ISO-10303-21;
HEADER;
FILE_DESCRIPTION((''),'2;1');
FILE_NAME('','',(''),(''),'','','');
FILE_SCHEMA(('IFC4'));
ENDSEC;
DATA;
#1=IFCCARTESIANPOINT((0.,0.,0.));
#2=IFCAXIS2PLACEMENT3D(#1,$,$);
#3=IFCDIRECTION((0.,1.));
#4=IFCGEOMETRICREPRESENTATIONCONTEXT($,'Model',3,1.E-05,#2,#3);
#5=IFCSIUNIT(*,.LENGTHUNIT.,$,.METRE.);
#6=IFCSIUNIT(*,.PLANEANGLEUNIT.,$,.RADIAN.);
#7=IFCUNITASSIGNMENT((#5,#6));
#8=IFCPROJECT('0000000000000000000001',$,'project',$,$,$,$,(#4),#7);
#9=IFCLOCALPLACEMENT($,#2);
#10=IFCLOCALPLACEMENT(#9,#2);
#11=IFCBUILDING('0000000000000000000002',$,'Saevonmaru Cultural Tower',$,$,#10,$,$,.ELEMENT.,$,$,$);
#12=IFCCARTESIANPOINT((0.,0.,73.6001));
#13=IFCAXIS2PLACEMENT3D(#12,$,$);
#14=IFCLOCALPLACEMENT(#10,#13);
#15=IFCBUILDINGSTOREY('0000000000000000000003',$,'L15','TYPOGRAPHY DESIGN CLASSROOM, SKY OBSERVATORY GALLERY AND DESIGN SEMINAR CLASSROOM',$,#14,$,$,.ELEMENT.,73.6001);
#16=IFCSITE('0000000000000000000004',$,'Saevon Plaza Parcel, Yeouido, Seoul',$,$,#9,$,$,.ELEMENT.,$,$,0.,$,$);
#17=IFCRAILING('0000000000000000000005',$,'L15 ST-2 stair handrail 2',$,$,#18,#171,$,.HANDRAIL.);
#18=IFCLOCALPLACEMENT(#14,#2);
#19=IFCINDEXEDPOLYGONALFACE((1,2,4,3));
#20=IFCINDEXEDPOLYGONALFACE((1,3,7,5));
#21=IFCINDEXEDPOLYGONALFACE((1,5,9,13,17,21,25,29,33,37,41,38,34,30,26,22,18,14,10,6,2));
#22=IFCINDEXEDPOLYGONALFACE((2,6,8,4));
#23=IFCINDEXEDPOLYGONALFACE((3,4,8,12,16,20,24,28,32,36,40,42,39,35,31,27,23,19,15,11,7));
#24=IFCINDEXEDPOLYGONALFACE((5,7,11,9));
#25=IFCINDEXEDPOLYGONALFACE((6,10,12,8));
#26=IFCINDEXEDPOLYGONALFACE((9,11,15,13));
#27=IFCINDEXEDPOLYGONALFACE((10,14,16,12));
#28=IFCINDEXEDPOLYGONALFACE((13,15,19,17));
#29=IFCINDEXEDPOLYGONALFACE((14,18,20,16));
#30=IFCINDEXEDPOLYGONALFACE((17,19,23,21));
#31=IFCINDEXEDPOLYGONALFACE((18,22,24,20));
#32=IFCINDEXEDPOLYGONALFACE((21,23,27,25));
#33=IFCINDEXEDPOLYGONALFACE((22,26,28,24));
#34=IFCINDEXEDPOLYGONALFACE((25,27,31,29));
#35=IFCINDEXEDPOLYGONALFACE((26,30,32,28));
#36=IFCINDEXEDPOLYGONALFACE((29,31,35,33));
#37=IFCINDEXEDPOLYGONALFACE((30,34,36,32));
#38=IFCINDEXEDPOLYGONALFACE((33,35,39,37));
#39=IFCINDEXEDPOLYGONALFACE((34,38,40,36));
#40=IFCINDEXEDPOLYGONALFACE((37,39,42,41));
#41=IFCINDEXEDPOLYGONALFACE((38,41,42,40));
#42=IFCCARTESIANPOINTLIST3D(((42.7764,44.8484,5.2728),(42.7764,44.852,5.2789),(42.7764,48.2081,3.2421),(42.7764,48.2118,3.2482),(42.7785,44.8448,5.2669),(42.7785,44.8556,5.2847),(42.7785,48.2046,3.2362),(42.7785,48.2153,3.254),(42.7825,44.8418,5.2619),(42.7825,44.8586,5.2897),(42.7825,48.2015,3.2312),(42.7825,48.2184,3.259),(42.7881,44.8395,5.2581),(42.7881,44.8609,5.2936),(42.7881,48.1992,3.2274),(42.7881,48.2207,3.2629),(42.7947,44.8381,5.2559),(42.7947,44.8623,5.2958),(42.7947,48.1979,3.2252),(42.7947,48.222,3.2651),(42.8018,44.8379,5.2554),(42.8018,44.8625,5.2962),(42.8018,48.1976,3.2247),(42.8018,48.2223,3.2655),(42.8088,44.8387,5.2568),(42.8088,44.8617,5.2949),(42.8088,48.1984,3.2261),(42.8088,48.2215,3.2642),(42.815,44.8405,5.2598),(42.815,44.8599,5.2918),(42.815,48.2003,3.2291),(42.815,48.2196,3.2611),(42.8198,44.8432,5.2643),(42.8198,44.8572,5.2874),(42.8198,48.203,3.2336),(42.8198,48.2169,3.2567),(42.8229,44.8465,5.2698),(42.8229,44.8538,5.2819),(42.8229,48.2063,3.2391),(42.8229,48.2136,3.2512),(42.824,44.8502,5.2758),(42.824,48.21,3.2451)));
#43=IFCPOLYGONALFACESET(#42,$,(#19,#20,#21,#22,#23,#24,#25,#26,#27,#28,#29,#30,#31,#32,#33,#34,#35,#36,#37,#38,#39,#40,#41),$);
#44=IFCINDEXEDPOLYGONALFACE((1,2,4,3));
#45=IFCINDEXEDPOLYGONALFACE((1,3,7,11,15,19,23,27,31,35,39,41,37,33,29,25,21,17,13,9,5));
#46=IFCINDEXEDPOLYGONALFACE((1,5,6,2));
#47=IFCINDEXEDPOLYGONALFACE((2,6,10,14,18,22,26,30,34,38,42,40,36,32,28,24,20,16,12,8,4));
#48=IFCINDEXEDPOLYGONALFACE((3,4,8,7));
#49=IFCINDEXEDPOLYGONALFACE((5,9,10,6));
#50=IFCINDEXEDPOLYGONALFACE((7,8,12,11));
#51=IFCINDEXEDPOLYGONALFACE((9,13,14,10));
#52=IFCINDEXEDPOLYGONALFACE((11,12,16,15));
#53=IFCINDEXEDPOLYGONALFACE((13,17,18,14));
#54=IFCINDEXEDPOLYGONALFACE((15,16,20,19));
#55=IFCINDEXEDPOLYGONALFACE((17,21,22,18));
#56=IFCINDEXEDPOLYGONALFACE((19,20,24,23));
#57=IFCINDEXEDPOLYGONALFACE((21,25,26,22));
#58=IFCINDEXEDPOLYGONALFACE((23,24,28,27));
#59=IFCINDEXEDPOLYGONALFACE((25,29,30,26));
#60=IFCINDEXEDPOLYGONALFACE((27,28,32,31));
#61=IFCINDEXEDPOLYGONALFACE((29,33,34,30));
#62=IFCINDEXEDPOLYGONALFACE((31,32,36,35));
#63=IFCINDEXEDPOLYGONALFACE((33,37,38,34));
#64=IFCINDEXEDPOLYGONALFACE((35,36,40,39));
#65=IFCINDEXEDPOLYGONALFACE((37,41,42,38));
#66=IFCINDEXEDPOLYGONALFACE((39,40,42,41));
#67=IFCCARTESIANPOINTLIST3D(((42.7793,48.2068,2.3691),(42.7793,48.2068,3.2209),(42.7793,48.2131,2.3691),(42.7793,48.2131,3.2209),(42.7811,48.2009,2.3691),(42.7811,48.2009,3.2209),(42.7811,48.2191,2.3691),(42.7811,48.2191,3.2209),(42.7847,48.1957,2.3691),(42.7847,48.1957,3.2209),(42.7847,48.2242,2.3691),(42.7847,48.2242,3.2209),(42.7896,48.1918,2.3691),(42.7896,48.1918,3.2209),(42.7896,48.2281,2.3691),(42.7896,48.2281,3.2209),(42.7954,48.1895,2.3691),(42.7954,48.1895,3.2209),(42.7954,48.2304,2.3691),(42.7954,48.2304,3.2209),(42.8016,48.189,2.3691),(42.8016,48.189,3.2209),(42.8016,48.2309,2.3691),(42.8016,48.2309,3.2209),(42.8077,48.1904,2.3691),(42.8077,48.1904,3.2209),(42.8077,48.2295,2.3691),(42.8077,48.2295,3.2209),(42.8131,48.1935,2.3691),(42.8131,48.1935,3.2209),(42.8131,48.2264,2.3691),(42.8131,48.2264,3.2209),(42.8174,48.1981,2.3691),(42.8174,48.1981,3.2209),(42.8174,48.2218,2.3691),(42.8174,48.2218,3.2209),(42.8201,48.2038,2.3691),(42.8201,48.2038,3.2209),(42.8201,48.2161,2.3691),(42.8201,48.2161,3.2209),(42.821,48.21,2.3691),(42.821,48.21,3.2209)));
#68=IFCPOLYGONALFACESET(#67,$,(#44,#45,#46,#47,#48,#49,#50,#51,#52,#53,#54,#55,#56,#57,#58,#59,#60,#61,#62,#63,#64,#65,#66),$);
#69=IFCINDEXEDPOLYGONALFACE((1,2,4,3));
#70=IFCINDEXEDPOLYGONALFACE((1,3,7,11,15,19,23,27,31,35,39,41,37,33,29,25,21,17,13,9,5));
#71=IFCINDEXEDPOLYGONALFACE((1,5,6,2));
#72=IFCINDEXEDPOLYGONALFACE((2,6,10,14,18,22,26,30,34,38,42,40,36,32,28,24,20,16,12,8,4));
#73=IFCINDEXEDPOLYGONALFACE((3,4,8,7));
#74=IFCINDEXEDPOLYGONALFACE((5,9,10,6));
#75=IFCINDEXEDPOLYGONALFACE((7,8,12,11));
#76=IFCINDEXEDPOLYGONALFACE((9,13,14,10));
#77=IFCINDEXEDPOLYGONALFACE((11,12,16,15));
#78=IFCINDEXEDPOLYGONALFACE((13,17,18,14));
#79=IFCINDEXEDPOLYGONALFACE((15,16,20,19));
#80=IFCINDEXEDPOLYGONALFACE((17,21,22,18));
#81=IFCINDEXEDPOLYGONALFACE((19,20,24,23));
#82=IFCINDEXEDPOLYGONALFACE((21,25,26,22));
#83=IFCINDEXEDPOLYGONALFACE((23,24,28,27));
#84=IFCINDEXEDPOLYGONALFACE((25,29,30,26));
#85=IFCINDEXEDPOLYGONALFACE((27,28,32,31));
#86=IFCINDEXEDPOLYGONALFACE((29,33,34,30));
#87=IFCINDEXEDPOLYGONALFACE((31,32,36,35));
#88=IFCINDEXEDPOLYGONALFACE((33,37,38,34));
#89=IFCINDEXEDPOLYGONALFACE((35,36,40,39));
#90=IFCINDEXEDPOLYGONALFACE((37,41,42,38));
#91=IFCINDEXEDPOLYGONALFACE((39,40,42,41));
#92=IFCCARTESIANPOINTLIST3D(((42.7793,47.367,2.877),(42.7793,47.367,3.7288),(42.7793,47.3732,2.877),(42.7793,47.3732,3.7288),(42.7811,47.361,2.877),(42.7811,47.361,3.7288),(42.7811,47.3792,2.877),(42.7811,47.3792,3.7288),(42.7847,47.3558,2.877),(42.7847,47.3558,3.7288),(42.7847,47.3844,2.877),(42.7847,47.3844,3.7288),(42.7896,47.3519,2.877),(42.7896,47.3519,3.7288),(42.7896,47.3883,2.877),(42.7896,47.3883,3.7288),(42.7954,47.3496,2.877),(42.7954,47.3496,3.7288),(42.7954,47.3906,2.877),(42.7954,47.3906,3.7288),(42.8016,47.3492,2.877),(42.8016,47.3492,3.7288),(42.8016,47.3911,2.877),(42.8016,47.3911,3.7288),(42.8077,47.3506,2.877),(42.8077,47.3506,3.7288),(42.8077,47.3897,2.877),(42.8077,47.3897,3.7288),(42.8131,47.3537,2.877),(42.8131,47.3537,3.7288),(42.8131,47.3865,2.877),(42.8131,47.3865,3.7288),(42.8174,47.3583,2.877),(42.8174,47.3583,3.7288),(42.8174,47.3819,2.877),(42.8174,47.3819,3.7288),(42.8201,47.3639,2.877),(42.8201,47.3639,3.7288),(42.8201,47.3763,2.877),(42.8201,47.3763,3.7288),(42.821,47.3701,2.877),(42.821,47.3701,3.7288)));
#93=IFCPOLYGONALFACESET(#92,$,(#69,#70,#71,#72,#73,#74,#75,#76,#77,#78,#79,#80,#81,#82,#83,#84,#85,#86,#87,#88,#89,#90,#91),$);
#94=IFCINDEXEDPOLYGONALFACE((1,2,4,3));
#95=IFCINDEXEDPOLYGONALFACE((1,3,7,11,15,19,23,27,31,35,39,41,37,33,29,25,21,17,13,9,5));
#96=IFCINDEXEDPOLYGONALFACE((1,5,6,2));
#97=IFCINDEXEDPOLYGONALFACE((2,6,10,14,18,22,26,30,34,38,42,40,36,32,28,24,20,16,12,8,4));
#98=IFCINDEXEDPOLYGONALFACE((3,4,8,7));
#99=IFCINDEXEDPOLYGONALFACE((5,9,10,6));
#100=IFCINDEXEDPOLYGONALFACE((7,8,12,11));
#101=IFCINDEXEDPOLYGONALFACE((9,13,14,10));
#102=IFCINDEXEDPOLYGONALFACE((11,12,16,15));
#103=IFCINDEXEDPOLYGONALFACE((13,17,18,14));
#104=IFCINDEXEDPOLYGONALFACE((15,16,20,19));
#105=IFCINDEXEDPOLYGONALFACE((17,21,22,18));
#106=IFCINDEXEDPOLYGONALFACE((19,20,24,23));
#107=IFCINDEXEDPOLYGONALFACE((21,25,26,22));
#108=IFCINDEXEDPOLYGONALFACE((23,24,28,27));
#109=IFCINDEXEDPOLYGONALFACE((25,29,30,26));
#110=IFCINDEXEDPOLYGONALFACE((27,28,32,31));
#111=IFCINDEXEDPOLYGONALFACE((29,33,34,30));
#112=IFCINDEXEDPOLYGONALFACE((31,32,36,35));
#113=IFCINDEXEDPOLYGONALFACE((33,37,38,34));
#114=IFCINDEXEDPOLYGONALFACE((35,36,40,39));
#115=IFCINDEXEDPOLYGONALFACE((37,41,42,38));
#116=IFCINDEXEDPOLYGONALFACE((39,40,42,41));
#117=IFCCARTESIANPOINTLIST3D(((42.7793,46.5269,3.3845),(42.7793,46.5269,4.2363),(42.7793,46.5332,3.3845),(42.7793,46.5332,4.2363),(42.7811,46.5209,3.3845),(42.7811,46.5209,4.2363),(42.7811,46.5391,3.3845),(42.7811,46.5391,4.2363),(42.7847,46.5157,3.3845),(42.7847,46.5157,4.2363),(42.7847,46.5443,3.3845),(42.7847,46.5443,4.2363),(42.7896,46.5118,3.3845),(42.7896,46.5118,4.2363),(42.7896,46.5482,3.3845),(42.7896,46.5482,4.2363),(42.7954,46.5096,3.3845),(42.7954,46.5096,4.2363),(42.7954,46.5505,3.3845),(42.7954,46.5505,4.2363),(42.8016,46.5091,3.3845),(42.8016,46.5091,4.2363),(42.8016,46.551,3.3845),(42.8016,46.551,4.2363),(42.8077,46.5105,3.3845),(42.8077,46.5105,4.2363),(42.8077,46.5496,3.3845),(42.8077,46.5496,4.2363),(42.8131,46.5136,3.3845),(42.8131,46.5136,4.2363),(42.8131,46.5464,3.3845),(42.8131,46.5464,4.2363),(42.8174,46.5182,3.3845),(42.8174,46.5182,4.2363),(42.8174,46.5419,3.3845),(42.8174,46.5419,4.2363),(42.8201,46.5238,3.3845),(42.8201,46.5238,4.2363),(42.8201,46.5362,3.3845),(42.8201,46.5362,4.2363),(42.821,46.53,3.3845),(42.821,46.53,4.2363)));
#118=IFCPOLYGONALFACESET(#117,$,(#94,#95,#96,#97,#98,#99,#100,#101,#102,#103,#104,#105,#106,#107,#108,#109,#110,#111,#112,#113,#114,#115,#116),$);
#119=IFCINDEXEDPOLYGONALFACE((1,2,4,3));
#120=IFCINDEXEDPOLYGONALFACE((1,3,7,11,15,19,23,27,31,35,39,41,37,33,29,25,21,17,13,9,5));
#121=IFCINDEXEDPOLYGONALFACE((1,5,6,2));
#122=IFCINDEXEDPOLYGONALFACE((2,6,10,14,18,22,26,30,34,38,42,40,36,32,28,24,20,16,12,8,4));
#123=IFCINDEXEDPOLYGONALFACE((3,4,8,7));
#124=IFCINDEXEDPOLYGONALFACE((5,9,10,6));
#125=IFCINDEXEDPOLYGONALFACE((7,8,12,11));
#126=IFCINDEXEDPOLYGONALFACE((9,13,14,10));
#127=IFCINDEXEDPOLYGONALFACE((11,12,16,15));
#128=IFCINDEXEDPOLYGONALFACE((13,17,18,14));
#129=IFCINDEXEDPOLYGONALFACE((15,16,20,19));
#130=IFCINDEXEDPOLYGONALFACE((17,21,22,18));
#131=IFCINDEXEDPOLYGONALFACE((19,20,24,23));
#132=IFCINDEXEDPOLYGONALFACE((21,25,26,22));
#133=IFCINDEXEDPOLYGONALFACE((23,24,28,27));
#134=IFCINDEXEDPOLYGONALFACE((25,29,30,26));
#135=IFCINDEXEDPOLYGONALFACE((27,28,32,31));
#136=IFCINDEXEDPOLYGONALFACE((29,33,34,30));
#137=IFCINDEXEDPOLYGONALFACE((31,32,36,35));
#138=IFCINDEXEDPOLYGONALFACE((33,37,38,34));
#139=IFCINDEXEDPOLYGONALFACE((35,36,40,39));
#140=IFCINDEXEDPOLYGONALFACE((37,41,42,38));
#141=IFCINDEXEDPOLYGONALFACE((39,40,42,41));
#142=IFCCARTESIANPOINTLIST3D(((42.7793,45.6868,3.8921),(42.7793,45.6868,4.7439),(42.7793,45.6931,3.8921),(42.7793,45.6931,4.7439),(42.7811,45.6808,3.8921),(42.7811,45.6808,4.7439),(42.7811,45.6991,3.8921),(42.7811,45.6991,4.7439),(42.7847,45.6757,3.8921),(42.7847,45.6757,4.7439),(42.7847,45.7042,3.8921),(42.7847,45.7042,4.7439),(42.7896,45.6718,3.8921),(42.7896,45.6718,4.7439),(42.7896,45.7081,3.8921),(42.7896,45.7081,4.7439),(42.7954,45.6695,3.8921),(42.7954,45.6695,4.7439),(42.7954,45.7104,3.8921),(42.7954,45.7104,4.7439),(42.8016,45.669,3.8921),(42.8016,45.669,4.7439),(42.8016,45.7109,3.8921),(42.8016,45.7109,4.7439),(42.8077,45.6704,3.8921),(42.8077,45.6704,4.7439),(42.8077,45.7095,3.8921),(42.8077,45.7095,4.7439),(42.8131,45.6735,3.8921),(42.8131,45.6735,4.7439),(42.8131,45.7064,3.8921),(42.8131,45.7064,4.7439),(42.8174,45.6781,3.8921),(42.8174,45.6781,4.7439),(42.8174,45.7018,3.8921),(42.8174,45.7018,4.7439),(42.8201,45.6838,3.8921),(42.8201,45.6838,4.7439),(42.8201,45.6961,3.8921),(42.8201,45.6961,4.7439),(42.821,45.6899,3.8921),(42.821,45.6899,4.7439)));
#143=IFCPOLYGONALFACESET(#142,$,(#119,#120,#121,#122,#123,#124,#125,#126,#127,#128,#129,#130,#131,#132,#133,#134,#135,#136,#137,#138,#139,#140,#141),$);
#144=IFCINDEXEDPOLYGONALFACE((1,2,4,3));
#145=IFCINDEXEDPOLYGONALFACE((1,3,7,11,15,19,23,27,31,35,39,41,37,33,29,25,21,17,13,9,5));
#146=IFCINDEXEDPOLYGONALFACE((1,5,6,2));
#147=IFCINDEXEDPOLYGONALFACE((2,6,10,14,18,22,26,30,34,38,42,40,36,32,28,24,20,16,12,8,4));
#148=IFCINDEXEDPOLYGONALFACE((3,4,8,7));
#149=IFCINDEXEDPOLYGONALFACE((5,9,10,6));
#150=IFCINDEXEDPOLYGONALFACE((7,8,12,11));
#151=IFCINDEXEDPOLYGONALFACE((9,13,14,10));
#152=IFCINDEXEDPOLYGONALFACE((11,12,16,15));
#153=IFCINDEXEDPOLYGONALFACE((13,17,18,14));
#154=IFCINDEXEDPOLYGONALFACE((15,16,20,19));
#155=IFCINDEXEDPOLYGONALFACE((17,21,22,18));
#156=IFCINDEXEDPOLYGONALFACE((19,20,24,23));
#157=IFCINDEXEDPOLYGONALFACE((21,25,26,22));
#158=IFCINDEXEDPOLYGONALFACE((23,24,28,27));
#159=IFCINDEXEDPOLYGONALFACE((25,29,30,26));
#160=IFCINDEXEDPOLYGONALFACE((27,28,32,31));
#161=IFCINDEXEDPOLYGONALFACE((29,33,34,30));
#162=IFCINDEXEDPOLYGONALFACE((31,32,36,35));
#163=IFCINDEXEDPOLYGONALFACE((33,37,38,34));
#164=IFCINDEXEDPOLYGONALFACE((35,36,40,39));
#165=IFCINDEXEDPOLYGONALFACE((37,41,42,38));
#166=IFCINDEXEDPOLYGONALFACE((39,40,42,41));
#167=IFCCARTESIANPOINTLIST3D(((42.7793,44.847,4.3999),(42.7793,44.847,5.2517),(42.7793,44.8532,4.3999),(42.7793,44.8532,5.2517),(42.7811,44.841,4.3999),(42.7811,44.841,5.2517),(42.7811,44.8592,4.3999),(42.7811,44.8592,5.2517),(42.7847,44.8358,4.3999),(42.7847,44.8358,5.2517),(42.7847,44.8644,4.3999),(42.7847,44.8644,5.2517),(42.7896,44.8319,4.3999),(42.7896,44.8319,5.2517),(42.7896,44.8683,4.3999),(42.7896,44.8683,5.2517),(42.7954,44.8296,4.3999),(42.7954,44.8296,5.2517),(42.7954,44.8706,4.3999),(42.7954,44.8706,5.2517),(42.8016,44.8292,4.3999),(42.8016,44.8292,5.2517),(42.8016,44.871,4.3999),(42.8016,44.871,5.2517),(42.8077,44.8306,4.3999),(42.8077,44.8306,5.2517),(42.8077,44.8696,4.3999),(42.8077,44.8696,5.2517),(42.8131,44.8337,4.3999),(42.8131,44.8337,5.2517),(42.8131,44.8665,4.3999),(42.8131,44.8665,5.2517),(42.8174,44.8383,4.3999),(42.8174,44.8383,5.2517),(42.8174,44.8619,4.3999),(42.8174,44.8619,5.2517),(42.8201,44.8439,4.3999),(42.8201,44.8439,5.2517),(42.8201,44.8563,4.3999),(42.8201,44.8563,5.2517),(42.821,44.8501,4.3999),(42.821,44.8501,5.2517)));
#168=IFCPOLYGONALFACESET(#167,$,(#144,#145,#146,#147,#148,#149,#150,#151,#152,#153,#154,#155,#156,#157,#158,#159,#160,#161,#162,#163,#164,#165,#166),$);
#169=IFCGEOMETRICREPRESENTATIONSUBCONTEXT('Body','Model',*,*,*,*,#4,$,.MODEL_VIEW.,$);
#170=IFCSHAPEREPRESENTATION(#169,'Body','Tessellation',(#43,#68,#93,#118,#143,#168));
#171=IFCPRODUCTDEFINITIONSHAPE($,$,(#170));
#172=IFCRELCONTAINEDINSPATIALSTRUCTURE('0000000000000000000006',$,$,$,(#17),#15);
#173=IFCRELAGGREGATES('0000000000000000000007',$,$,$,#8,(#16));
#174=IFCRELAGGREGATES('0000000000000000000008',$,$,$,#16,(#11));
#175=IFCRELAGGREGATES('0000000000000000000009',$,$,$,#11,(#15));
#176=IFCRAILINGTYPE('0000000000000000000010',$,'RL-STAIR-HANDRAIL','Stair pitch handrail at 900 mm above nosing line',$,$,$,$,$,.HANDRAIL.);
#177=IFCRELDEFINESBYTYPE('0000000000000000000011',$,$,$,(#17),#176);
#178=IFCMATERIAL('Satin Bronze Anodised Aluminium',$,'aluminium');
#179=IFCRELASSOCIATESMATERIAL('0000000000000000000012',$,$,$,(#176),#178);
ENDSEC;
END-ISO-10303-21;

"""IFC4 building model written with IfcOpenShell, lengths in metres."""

from ifc_helpers import new_model, si_unit, direction, frame, origin, origin_2d, place, context, subcontext, project, spatial, circle, extrude, material, type_object, element, save


model = new_model("IFC4")

# Units and contexts
model_context = context("Model", 3, precision=1e-05, world=origin(), true_north=direction((0.0, 1.0)))
body_context = subcontext(model_context, "Body", "Model", "MODEL_VIEW")
ifc_project = project(units=[si_unit("LENGTHUNIT", "METRE"), si_unit("PLANEANGLEUNIT", "RADIAN")], contexts=[model_context])

# Site, building, storey
site_placement = place(None, origin())
site = spatial("IfcSite", under=ifc_project, at=site_placement, Name="Saevon Plaza Parcel, Yeouido, Seoul", CompositionType="ELEMENT", RefElevation=0.0)
building_placement = place(site_placement, origin())
building = spatial("IfcBuilding", under=site, at=building_placement, Name="Saevonmaru Cultural Tower", CompositionType="ELEMENT")
storey_placement = place(building_placement, frame((0.0, 0.0, 73.6001)))
storey = spatial("IfcBuildingStorey", under=building, at=storey_placement, Name="L15", Description="TYPOGRAPHY DESIGN CLASSROOM, SKY OBSERVATORY GALLERY AND DESIGN SEMINAR CLASSROOM", CompositionType="ELEMENT", Elevation=73.6001)

# Shared definitions
ifc_material_1 = material(Name="Satin Bronze Anodised Aluminium", Category="aluminium")

# Railing
railing_type_1 = type_object("IfcRailingType", Name="RL-STAIR-HANDRAIL", Description="Stair pitch handrail at 900 mm above nosing line", PredefinedType="HANDRAIL", material=ifc_material_1)
railing_1_placement = place(storey_placement, frame((42.8, 48.21, 2.3691)))
element("IfcRailing", 1, at=railing_1_placement, inside=storey, type_object=railing_type_1, Name="L15 ST-2 stair handrail 2", PredefinedType="HANDRAIL", context=body_context, shape_type="SweptSolid", body=[
    extrude(circle(Radius=0.0239, at=origin_2d()), frame((0.0, 0.0, 0.876), z_axis=(0.0, -0.85582, 0.517273), x_axis=(1.0, 0.0, 0.0)), (0.0, 0.0, 1.0), 3.9258),
    extrude(circle(Radius=0.021, at=origin_2d()), origin(), (0.0, 0.0, 1.0), 0.8518),
    extrude(circle(Radius=0.021, at=origin_2d()), frame((0.0, -0.8398, 0.5078)), (0.0, 0.0, 1.0), 0.8518),
    extrude(circle(Radius=0.021, at=origin_2d()), frame((0.0, -1.6799, 1.0154)), (0.0, 0.0, 1.0), 0.8518),
    extrude(circle(Radius=0.021, at=origin_2d()), frame((0.0, -2.52, 1.5229)), (0.0, 0.0, 1.0), 0.8518),
    extrude(circle(Radius=0.021, at=origin_2d()), frame((0.0, -3.3599, 2.0308)), (0.0, 0.0, 1.0), 0.8518),
])

save(model, "model.ifc")
